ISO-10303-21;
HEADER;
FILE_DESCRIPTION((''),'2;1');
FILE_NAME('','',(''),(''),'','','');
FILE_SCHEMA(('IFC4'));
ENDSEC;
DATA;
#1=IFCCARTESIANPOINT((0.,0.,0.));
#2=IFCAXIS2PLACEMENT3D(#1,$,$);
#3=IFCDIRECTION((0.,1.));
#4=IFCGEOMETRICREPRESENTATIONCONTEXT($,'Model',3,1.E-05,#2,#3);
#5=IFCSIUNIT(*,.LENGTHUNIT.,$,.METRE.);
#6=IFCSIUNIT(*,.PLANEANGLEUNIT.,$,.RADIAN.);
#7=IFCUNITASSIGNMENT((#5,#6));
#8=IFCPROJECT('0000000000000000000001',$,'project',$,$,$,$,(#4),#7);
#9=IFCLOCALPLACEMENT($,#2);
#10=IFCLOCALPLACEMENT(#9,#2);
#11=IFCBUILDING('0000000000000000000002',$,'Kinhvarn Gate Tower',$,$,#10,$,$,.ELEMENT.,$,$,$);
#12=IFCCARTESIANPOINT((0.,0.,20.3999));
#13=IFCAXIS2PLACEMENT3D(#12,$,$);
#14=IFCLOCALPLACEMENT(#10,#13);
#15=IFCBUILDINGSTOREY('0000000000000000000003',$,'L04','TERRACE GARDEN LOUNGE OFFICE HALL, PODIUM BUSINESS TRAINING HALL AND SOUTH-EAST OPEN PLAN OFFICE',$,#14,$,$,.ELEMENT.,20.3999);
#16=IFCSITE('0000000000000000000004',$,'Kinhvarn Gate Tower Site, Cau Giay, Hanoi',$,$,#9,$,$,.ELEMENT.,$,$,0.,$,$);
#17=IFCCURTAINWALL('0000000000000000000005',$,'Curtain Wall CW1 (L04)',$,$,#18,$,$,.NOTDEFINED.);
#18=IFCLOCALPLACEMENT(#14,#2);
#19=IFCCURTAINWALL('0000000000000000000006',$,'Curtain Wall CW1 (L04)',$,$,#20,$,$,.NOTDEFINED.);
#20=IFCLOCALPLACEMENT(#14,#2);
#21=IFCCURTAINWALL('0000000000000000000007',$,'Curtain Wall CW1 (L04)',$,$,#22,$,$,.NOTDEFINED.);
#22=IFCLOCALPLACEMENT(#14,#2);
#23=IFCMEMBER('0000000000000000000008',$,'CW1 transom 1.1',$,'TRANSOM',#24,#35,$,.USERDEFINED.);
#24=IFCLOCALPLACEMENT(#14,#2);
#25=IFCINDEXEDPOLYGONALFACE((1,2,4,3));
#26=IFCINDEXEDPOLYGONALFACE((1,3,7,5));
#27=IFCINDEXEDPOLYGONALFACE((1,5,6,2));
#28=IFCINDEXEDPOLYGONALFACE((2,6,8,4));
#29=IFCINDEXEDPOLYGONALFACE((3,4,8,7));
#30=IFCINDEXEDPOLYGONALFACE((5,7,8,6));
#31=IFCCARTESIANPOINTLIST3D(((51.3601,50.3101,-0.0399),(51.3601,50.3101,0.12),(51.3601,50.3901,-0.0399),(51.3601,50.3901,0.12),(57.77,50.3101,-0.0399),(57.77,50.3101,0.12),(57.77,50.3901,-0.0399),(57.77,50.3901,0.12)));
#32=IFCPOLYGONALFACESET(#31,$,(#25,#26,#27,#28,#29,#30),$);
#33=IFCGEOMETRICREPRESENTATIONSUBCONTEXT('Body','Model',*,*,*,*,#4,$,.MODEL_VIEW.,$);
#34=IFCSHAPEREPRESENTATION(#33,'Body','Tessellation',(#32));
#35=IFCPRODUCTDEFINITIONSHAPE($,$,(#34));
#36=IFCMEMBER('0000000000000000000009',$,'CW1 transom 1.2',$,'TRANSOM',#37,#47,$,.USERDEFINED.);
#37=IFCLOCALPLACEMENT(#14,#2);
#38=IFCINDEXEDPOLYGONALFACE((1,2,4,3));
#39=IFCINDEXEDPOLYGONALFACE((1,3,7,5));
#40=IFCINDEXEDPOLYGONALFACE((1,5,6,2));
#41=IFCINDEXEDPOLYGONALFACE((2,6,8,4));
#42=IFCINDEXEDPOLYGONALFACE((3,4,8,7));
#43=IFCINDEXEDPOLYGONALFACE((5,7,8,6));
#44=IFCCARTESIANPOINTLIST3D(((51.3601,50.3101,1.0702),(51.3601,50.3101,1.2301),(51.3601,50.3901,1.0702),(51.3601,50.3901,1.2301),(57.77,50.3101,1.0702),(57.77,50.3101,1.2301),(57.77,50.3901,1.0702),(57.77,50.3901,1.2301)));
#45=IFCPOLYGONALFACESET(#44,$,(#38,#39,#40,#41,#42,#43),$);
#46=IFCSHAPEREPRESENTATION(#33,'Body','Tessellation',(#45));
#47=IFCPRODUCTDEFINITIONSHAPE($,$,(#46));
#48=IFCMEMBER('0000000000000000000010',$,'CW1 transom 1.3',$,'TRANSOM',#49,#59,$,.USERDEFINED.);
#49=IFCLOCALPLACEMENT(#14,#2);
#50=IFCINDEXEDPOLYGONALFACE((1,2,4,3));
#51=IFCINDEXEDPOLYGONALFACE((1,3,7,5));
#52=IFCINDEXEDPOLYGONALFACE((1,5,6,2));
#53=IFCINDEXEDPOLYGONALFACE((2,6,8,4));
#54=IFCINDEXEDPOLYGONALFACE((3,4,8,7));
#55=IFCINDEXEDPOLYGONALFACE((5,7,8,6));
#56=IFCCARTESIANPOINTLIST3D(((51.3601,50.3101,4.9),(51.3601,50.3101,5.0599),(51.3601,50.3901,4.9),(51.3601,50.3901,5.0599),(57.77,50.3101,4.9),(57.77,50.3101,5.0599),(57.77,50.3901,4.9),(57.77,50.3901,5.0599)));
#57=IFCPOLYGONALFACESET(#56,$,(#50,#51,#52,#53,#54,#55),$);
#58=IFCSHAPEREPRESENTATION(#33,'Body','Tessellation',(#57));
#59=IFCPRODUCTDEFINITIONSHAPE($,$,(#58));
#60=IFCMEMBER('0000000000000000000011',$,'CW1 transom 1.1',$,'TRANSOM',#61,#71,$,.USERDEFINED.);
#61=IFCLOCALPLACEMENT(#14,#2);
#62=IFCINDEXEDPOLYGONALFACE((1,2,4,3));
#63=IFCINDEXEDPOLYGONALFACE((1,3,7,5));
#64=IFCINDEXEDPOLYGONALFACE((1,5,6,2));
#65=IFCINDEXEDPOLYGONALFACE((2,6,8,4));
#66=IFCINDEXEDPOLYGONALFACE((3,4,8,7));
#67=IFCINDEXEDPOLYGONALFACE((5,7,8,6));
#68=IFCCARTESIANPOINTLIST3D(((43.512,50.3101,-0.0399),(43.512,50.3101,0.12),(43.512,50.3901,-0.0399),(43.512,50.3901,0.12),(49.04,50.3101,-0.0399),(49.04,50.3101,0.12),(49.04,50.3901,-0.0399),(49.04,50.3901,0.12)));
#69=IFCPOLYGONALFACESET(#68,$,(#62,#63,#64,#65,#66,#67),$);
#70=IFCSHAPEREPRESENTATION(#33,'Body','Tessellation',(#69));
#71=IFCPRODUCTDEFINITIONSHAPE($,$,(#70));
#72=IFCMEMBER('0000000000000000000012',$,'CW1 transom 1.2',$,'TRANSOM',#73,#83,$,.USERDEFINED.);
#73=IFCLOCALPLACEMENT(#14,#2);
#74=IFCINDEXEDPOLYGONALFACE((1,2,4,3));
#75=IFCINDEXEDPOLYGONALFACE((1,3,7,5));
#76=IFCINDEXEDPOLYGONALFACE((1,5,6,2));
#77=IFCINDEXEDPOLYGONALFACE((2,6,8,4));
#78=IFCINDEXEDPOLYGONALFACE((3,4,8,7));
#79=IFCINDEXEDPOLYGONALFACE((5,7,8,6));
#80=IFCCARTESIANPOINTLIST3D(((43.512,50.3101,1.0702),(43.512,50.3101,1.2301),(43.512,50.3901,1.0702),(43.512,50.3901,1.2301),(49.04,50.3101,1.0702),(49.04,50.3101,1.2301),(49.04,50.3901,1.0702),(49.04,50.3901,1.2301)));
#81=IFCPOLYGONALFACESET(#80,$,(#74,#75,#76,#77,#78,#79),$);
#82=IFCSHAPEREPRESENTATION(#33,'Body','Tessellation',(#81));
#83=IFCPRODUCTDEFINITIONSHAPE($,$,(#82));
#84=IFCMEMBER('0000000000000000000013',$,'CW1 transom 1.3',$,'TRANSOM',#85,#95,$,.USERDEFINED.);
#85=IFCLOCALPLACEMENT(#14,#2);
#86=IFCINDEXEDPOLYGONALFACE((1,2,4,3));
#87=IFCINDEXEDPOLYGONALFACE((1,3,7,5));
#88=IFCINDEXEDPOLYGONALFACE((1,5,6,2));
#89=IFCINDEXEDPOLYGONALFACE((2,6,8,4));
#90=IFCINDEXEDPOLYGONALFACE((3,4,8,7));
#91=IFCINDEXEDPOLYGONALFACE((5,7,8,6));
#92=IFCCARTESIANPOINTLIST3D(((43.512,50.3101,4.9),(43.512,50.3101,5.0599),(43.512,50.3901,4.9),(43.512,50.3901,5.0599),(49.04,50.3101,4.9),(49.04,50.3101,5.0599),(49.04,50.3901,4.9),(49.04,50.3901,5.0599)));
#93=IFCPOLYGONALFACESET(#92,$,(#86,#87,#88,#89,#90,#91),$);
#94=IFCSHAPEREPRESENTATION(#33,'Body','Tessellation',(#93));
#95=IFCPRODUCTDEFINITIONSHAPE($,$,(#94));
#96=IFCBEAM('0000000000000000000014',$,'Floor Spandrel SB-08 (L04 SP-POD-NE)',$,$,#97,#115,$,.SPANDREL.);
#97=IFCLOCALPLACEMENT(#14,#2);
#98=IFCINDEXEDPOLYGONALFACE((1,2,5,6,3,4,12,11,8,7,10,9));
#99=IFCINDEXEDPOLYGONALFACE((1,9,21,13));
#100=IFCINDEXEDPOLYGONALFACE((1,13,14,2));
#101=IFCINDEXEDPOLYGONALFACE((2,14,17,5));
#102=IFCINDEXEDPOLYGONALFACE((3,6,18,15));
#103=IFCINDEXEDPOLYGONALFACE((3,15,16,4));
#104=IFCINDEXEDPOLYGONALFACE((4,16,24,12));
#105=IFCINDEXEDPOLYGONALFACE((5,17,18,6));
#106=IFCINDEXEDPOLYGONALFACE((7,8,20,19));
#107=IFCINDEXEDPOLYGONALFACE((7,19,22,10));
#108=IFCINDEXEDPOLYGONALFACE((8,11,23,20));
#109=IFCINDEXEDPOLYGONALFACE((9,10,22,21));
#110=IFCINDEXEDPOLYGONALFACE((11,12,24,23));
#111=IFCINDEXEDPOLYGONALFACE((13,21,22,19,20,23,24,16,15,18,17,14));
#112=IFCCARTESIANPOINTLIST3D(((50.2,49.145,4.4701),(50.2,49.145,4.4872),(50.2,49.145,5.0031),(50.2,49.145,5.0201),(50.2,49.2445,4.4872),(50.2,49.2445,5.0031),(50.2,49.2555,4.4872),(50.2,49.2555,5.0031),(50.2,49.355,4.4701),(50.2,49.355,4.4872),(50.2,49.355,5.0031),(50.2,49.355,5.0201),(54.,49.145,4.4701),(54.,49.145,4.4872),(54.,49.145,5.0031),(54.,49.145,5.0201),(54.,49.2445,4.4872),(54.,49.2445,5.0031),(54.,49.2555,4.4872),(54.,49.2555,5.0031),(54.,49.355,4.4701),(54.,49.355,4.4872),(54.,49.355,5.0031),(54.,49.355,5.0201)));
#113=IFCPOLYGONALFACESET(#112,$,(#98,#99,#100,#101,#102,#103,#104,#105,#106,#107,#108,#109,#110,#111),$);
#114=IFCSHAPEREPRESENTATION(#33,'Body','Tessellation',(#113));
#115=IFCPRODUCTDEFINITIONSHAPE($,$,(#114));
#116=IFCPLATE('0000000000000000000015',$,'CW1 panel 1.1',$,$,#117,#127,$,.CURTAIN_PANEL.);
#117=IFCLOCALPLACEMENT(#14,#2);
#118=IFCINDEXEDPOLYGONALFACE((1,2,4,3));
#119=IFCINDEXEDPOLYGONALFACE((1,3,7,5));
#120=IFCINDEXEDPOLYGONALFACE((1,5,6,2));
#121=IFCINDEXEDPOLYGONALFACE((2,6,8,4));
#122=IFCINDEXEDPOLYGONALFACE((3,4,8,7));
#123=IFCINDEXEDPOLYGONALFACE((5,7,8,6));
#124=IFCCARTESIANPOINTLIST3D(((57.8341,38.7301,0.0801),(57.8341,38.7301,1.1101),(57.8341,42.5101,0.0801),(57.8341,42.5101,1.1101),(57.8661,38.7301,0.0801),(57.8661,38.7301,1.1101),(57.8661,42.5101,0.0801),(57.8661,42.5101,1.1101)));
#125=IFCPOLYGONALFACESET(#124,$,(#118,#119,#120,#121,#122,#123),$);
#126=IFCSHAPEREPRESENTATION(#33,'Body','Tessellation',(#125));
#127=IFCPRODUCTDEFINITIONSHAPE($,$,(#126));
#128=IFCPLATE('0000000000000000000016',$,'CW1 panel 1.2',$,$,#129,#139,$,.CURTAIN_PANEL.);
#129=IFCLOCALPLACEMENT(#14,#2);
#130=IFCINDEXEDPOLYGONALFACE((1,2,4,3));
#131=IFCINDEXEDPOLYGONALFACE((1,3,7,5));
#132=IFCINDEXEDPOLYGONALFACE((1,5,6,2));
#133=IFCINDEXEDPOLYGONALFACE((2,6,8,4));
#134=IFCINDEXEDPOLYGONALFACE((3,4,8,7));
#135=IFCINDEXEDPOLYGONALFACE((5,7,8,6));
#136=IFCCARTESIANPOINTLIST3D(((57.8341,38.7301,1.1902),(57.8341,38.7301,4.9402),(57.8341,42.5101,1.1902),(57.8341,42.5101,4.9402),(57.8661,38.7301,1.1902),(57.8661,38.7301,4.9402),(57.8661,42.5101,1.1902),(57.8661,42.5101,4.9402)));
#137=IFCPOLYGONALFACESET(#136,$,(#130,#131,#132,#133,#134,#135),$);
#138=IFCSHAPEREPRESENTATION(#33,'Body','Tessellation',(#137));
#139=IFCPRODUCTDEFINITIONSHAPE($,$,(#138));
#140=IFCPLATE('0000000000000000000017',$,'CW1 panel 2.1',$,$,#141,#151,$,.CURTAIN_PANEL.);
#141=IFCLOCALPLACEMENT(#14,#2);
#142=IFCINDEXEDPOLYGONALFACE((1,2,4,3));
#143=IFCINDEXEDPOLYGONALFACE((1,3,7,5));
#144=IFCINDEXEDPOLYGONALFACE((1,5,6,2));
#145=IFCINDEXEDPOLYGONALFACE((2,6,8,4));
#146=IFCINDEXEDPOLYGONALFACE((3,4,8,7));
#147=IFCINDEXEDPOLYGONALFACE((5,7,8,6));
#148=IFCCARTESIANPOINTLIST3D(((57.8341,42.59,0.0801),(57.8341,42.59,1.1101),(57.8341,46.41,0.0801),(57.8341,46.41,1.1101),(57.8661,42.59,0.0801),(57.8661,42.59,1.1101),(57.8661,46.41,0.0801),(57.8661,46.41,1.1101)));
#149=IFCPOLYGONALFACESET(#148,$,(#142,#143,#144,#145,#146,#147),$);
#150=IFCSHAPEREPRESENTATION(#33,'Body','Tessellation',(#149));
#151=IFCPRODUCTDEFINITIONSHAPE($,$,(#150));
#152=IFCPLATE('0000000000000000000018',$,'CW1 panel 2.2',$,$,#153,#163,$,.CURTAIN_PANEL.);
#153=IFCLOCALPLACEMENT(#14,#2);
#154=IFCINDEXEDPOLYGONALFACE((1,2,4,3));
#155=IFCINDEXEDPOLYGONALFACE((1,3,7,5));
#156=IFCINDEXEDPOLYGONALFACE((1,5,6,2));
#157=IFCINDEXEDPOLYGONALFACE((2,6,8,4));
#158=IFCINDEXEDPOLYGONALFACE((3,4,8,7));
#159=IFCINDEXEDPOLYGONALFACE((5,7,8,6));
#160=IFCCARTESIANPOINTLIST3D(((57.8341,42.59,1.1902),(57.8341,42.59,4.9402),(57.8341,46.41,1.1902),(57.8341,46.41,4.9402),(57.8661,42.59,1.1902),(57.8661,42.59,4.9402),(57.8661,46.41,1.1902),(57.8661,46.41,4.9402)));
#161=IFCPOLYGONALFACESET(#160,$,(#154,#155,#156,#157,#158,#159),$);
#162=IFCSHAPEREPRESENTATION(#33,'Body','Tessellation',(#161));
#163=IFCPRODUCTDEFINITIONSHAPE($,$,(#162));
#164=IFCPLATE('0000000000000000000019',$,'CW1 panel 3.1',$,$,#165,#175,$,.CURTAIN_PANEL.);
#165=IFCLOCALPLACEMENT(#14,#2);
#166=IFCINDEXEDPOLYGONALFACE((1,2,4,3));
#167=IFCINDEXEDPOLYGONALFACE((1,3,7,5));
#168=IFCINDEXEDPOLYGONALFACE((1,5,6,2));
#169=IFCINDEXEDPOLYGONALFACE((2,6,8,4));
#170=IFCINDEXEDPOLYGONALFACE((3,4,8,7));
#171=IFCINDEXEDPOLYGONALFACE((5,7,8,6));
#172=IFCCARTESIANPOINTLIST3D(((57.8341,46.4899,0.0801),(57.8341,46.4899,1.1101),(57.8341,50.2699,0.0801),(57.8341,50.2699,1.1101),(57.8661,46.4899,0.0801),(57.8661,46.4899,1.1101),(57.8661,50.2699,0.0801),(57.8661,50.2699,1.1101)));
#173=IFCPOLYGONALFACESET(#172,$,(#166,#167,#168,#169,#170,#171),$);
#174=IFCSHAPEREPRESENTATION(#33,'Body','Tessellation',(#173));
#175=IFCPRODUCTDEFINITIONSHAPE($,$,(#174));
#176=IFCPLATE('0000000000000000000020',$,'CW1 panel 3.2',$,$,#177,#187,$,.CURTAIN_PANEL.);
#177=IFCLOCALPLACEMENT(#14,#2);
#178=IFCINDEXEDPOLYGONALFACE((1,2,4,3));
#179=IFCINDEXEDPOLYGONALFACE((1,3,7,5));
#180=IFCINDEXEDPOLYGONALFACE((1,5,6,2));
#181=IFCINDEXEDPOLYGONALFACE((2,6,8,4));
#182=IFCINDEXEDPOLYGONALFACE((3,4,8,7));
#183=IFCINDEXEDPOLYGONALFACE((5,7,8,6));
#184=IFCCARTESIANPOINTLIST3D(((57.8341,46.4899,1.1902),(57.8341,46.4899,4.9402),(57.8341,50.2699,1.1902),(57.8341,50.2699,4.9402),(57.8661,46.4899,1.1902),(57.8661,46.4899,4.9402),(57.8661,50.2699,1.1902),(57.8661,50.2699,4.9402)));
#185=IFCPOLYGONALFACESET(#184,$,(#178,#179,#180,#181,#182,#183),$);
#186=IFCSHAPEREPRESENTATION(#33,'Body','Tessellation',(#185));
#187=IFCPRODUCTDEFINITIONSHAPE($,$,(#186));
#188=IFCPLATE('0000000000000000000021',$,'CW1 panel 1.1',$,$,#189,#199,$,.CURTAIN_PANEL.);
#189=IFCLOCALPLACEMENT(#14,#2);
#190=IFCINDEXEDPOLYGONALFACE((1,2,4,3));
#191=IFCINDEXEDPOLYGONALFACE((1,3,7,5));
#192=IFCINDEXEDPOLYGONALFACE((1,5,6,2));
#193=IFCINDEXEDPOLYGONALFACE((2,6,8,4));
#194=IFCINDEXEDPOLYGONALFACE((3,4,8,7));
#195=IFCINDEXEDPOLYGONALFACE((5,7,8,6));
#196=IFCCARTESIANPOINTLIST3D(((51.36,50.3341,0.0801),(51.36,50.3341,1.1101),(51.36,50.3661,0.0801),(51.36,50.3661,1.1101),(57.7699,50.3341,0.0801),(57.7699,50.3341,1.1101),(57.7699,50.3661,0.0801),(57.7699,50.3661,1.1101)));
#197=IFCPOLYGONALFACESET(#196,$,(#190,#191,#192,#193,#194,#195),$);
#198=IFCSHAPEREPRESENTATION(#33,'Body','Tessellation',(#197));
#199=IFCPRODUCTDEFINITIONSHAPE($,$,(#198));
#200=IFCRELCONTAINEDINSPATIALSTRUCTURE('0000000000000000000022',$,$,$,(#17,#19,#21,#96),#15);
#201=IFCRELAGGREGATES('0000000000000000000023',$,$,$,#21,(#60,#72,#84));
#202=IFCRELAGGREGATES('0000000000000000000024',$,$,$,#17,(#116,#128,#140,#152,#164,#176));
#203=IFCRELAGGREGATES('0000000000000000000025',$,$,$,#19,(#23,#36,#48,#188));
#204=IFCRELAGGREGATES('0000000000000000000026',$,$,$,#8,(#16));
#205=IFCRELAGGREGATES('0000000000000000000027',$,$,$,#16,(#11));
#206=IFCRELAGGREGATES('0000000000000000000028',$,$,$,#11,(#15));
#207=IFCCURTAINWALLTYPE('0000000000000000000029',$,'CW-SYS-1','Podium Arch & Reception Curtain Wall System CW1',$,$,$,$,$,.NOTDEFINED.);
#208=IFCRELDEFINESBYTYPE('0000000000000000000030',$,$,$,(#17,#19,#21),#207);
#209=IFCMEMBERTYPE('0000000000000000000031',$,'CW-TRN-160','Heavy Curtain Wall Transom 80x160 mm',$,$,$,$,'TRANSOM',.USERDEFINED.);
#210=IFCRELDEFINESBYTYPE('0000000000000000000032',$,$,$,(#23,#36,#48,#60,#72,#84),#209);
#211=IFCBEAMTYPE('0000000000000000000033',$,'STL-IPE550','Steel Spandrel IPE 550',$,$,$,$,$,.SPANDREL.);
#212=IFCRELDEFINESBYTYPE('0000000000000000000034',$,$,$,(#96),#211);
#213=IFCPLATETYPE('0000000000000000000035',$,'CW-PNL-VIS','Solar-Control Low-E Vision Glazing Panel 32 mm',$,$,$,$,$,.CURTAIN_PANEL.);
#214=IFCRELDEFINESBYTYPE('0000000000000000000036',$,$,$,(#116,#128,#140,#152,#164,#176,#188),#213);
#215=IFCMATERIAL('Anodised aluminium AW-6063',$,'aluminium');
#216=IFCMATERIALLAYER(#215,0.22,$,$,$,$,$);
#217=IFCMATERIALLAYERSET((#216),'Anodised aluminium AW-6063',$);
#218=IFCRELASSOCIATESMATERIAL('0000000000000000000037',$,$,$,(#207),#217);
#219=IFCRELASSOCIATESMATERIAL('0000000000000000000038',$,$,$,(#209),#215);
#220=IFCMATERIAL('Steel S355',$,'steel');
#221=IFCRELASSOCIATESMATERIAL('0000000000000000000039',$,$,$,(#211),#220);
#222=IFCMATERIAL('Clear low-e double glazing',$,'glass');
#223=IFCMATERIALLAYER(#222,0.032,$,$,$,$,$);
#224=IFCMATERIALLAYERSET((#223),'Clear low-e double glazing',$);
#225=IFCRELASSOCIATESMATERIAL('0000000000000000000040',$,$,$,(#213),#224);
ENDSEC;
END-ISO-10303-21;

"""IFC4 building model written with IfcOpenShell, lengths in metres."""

from ifc_helpers import new_model, si_unit, direction, frame, origin, origin_2d, place, context, subcontext, project, spatial, rectangle, i_section, extrude, material, layer, layer_set, material_profile, profile_set, type_object, element, aggregate, save


model = new_model("IFC4")

# Units and contexts
model_context = context("Model", 3, precision=1e-05, world=origin(), true_north=direction((0.0, 1.0)))
body_context = subcontext(model_context, "Body", "Model", "MODEL_VIEW")
ifc_project = project(units=[si_unit("LENGTHUNIT", "METRE"), si_unit("PLANEANGLEUNIT", "RADIAN")], contexts=[model_context])

# Site, building, storey
site_placement = place(None, origin())
site = spatial("IfcSite", under=ifc_project, at=site_placement, Name="Kinhvarn Gate Tower Site, Cau Giay, Hanoi", CompositionType="ELEMENT", RefElevation=0.0)
building_placement = place(site_placement, origin())
building = spatial("IfcBuilding", under=site, at=building_placement, Name="Kinhvarn Gate Tower", CompositionType="ELEMENT")
storey_placement = place(building_placement, frame((0.0, 0.0, 20.3999)))
storey = spatial("IfcBuildingStorey", under=building, at=storey_placement, Name="L04", Description="TERRACE GARDEN LOUNGE OFFICE HALL, PODIUM BUSINESS TRAINING HALL AND SOUTH-EAST OPEN PLAN OFFICE", CompositionType="ELEMENT", Elevation=20.3999)

# Curtain walls
ifc_material_1 = material(Name="Anodised aluminium AW-6063", Category="aluminium")
ifc_layer_1 = layer(ifc_material_1, 0.22)
ifc_layer_set_1 = layer_set([ifc_layer_1], Name="Anodised aluminium AW-6063")
curtain_wall_type = type_object("IfcCurtainWallType", Name="CW-SYS-1", Description="Podium Arch & Reception Curtain Wall System CW1", PredefinedType="NOTDEFINED", material=ifc_layer_set_1)
curtain_wall_1_placement = place(storey_placement, origin())
curtain_wall_1 = element("IfcCurtainWall", 1, at=curtain_wall_1_placement, inside=storey, type_object=curtain_wall_type, Name="Curtain Wall CW1 (L04)", PredefinedType="NOTDEFINED")
curtain_wall_2_placement = place(storey_placement, origin())
curtain_wall_2 = element("IfcCurtainWall", 2, at=curtain_wall_2_placement, inside=storey, type_object=curtain_wall_type, Name="Curtain Wall CW1 (L04)", PredefinedType="NOTDEFINED")

# Curtain wall
curtain_wall_3_placement = place(storey_placement, origin())
curtain_wall_3 = element("IfcCurtainWall", 3, at=curtain_wall_3_placement, inside=storey, type_object=curtain_wall_type, Name="Curtain Wall CW1 (L04)", PredefinedType="NOTDEFINED")

# Members
ifc_material_profile_1 = material_profile(ifc_material_1, rectangle(XDim=0.0801, YDim=0.1599, at=origin_2d()), Name="ALU 80x160")
ifc_profile_set_1 = profile_set([ifc_material_profile_1], Name="Anodised aluminium AW-6063")
member_type_1 = type_object("IfcMemberType", Name="CW-TRN-160", Description="Heavy Curtain Wall Transom 80x160 mm", ElementType="TRANSOM", PredefinedType="USERDEFINED", material=ifc_profile_set_1)
member_1_placement = place(storey_placement, frame((57.77, 50.3501, 0.04), z_axis=(-1.0, 0.0, 0.0), x_axis=(0.0, -1.0, 0.0)))
member_1 = element("IfcMember", 4, at=member_1_placement, type_object=member_type_1, Name="CW1 transom 1.1", ObjectType="TRANSOM", PredefinedType="USERDEFINED", context=body_context, shape_type="SweptSolid", body=[
    extrude(rectangle(XDim=0.0801, YDim=0.1599, at=origin_2d()), origin(), (0.0, 0.0, 1.0), 6.4099),
])
member_2_placement = place(storey_placement, frame((57.77, 50.3501, 1.1501), z_axis=(-1.0, 0.0, 0.0), x_axis=(0.0, -1.0, 0.0)))
member_2 = element("IfcMember", 5, at=member_2_placement, type_object=member_type_1, Name="CW1 transom 1.2", ObjectType="TRANSOM", PredefinedType="USERDEFINED", context=body_context, shape_type="SweptSolid", body=[
    extrude(rectangle(XDim=0.0801, YDim=0.1599, at=origin_2d()), origin(), (0.0, 0.0, 1.0), 6.4099),
])
member_3_placement = place(storey_placement, frame((57.77, 50.3501, 4.98), z_axis=(-1.0, 0.0, 0.0), x_axis=(0.0, -1.0, 0.0)))
member_3 = element("IfcMember", 6, at=member_3_placement, type_object=member_type_1, Name="CW1 transom 1.3", ObjectType="TRANSOM", PredefinedType="USERDEFINED", context=body_context, shape_type="SweptSolid", body=[
    extrude(rectangle(XDim=0.0801, YDim=0.1599, at=origin_2d()), origin(), (0.0, 0.0, 1.0), 6.4099),
])
member_4_placement = place(storey_placement, frame((49.04, 50.3501, 0.04), z_axis=(-1.0, 0.0, 0.0), x_axis=(0.0, -1.0, 0.0)))
member_4 = element("IfcMember", 7, at=member_4_placement, type_object=member_type_1, Name="CW1 transom 1.1", ObjectType="TRANSOM", PredefinedType="USERDEFINED", context=body_context, shape_type="SweptSolid", body=[
    extrude(rectangle(XDim=0.0801, YDim=0.1599, at=origin_2d()), origin(), (0.0, 0.0, 1.0), 5.5281),
])
member_5_placement = place(storey_placement, frame((49.04, 50.3501, 1.1501), z_axis=(-1.0, 0.0, 0.0), x_axis=(0.0, -1.0, 0.0)))
member_5 = element("IfcMember", 8, at=member_5_placement, type_object=member_type_1, Name="CW1 transom 1.2", ObjectType="TRANSOM", PredefinedType="USERDEFINED", context=body_context, shape_type="SweptSolid", body=[
    extrude(rectangle(XDim=0.0801, YDim=0.1599, at=origin_2d()), origin(), (0.0, 0.0, 1.0), 5.5281),
])
member_6_placement = place(storey_placement, frame((49.04, 50.3501, 4.98), z_axis=(-1.0, 0.0, 0.0), x_axis=(0.0, -1.0, 0.0)))
member_6 = element("IfcMember", 9, at=member_6_placement, type_object=member_type_1, Name="CW1 transom 1.3", ObjectType="TRANSOM", PredefinedType="USERDEFINED", context=body_context, shape_type="SweptSolid", body=[
    extrude(rectangle(XDim=0.0801, YDim=0.1599, at=origin_2d()), origin(), (0.0, 0.0, 1.0), 5.5281),
])
aggregate(curtain_wall_3, [member_4, member_5, member_6])

# Beam
ifc_material_2 = material(Name="Steel S355", Category="steel")
ifc_material_profile_2 = material_profile(ifc_material_2, i_section(OverallWidth=0.21, OverallDepth=0.55, WebThickness=0.011, FlangeThickness=0.0171, at=origin_2d()), Name="IPE 550")
ifc_profile_set_2 = profile_set([ifc_material_profile_2], Name="Steel S355")
beam_type = type_object("IfcBeamType", Name="STL-IPE550", Description="Steel Spandrel IPE 550", PredefinedType="SPANDREL", material=ifc_profile_set_2)
beam_placement = place(storey_placement, frame((50.2, 49.25, 4.7451), z_axis=(1.0, 0.0, 0.0), x_axis=(0.0, 1.0, 0.0)))
element("IfcBeam", 10, at=beam_placement, inside=storey, type_object=beam_type, Name="Floor Spandrel SB-08 (L04 SP-POD-NE)", PredefinedType="SPANDREL", context=body_context, shape_type="SweptSolid", body=[
    extrude(i_section(OverallWidth=0.21, OverallDepth=0.55, WebThickness=0.011, FlangeThickness=0.0171, at=origin_2d()), origin(), (0.0, 0.0, 1.0), 3.8),
])

# Plates
ifc_material_3 = material(Name="Clear low-e double glazing", Category="glass")
ifc_layer_2 = layer(ifc_material_3, 0.032)
ifc_layer_set_2 = layer_set([ifc_layer_2], Name="Clear low-e double glazing")
plate_type = type_object("IfcPlateType", Name="CW-PNL-VIS", Description="Solar-Control Low-E Vision Glazing Panel 32 mm", PredefinedType="CURTAIN_PANEL", material=ifc_layer_set_2)
plate_1_placement = place(storey_placement, frame((57.8501, 40.6201, 0.0801), z_axis=(0.0, 0.0, 1.0), x_axis=(0.0, 1.0, 0.0)))
plate_1 = element("IfcPlate", 11, at=plate_1_placement, type_object=plate_type, Name="CW1 panel 1.1", PredefinedType="CURTAIN_PANEL", context=body_context, shape_type="SweptSolid", body=[
    extrude(rectangle(XDim=3.78, YDim=0.032, at=origin_2d()), origin(), (0.0, 0.0, 1.0), 1.03),
])
plate_2_placement = place(storey_placement, frame((57.8501, 40.6201, 1.1902), z_axis=(0.0, 0.0, 1.0), x_axis=(0.0, 1.0, 0.0)))
plate_2 = element("IfcPlate", 12, at=plate_2_placement, type_object=plate_type, Name="CW1 panel 1.2", PredefinedType="CURTAIN_PANEL", context=body_context, shape_type="SweptSolid", body=[
    extrude(rectangle(XDim=3.78, YDim=0.032, at=origin_2d()), origin(), (0.0, 0.0, 1.0), 3.75),
])
plate_3_placement = place(storey_placement, frame((57.8501, 44.5, 0.0801), z_axis=(0.0, 0.0, 1.0), x_axis=(0.0, 1.0, 0.0)))
plate_3 = element("IfcPlate", 13, at=plate_3_placement, type_object=plate_type, Name="CW1 panel 2.1", PredefinedType="CURTAIN_PANEL", context=body_context, shape_type="SweptSolid", body=[
    extrude(rectangle(XDim=3.8201, YDim=0.032, at=origin_2d()), origin(), (0.0, 0.0, 1.0), 1.03),
])
plate_4_placement = place(storey_placement, frame((57.8501, 44.5, 1.1902), z_axis=(0.0, 0.0, 1.0), x_axis=(0.0, 1.0, 0.0)))
plate_4 = element("IfcPlate", 14, at=plate_4_placement, type_object=plate_type, Name="CW1 panel 2.2", PredefinedType="CURTAIN_PANEL", context=body_context, shape_type="SweptSolid", body=[
    extrude(rectangle(XDim=3.8201, YDim=0.032, at=origin_2d()), origin(), (0.0, 0.0, 1.0), 3.75),
])
plate_5_placement = place(storey_placement, frame((57.8501, 48.3799, 0.0801), z_axis=(0.0, 0.0, 1.0), x_axis=(0.0, 1.0, 0.0)))
plate_5 = element("IfcPlate", 15, at=plate_5_placement, type_object=plate_type, Name="CW1 panel 3.1", PredefinedType="CURTAIN_PANEL", context=body_context, shape_type="SweptSolid", body=[
    extrude(rectangle(XDim=3.78, YDim=0.032, at=origin_2d()), origin(), (0.0, 0.0, 1.0), 1.03),
])
plate_6_placement = place(storey_placement, frame((57.8501, 48.3799, 1.1902), z_axis=(0.0, 0.0, 1.0), x_axis=(0.0, 1.0, 0.0)))
plate_6 = element("IfcPlate", 16, at=plate_6_placement, type_object=plate_type, Name="CW1 panel 3.2", PredefinedType="CURTAIN_PANEL", context=body_context, shape_type="SweptSolid", body=[
    extrude(rectangle(XDim=3.78, YDim=0.032, at=origin_2d()), origin(), (0.0, 0.0, 1.0), 3.75),
])
aggregate(curtain_wall_1, [plate_1, plate_2, plate_3, plate_4, plate_5, plate_6])
plate_7_placement = place(storey_placement, frame((54.5649, 50.3501, 0.0801), z_axis=(0.0, 0.0, 1.0), x_axis=(-1.0, 0.0, 0.0)))
plate_7 = element("IfcPlate", 17, at=plate_7_placement, type_object=plate_type, Name="CW1 panel 1.1", PredefinedType="CURTAIN_PANEL", context=body_context, shape_type="SweptSolid", body=[
    extrude(rectangle(XDim=6.4099, YDim=0.032, at=origin_2d()), origin(), (0.0, 0.0, 1.0), 1.03),
])
aggregate(curtain_wall_2, [member_1, member_2, member_3, plate_7])

save(model, "model.ifc")
